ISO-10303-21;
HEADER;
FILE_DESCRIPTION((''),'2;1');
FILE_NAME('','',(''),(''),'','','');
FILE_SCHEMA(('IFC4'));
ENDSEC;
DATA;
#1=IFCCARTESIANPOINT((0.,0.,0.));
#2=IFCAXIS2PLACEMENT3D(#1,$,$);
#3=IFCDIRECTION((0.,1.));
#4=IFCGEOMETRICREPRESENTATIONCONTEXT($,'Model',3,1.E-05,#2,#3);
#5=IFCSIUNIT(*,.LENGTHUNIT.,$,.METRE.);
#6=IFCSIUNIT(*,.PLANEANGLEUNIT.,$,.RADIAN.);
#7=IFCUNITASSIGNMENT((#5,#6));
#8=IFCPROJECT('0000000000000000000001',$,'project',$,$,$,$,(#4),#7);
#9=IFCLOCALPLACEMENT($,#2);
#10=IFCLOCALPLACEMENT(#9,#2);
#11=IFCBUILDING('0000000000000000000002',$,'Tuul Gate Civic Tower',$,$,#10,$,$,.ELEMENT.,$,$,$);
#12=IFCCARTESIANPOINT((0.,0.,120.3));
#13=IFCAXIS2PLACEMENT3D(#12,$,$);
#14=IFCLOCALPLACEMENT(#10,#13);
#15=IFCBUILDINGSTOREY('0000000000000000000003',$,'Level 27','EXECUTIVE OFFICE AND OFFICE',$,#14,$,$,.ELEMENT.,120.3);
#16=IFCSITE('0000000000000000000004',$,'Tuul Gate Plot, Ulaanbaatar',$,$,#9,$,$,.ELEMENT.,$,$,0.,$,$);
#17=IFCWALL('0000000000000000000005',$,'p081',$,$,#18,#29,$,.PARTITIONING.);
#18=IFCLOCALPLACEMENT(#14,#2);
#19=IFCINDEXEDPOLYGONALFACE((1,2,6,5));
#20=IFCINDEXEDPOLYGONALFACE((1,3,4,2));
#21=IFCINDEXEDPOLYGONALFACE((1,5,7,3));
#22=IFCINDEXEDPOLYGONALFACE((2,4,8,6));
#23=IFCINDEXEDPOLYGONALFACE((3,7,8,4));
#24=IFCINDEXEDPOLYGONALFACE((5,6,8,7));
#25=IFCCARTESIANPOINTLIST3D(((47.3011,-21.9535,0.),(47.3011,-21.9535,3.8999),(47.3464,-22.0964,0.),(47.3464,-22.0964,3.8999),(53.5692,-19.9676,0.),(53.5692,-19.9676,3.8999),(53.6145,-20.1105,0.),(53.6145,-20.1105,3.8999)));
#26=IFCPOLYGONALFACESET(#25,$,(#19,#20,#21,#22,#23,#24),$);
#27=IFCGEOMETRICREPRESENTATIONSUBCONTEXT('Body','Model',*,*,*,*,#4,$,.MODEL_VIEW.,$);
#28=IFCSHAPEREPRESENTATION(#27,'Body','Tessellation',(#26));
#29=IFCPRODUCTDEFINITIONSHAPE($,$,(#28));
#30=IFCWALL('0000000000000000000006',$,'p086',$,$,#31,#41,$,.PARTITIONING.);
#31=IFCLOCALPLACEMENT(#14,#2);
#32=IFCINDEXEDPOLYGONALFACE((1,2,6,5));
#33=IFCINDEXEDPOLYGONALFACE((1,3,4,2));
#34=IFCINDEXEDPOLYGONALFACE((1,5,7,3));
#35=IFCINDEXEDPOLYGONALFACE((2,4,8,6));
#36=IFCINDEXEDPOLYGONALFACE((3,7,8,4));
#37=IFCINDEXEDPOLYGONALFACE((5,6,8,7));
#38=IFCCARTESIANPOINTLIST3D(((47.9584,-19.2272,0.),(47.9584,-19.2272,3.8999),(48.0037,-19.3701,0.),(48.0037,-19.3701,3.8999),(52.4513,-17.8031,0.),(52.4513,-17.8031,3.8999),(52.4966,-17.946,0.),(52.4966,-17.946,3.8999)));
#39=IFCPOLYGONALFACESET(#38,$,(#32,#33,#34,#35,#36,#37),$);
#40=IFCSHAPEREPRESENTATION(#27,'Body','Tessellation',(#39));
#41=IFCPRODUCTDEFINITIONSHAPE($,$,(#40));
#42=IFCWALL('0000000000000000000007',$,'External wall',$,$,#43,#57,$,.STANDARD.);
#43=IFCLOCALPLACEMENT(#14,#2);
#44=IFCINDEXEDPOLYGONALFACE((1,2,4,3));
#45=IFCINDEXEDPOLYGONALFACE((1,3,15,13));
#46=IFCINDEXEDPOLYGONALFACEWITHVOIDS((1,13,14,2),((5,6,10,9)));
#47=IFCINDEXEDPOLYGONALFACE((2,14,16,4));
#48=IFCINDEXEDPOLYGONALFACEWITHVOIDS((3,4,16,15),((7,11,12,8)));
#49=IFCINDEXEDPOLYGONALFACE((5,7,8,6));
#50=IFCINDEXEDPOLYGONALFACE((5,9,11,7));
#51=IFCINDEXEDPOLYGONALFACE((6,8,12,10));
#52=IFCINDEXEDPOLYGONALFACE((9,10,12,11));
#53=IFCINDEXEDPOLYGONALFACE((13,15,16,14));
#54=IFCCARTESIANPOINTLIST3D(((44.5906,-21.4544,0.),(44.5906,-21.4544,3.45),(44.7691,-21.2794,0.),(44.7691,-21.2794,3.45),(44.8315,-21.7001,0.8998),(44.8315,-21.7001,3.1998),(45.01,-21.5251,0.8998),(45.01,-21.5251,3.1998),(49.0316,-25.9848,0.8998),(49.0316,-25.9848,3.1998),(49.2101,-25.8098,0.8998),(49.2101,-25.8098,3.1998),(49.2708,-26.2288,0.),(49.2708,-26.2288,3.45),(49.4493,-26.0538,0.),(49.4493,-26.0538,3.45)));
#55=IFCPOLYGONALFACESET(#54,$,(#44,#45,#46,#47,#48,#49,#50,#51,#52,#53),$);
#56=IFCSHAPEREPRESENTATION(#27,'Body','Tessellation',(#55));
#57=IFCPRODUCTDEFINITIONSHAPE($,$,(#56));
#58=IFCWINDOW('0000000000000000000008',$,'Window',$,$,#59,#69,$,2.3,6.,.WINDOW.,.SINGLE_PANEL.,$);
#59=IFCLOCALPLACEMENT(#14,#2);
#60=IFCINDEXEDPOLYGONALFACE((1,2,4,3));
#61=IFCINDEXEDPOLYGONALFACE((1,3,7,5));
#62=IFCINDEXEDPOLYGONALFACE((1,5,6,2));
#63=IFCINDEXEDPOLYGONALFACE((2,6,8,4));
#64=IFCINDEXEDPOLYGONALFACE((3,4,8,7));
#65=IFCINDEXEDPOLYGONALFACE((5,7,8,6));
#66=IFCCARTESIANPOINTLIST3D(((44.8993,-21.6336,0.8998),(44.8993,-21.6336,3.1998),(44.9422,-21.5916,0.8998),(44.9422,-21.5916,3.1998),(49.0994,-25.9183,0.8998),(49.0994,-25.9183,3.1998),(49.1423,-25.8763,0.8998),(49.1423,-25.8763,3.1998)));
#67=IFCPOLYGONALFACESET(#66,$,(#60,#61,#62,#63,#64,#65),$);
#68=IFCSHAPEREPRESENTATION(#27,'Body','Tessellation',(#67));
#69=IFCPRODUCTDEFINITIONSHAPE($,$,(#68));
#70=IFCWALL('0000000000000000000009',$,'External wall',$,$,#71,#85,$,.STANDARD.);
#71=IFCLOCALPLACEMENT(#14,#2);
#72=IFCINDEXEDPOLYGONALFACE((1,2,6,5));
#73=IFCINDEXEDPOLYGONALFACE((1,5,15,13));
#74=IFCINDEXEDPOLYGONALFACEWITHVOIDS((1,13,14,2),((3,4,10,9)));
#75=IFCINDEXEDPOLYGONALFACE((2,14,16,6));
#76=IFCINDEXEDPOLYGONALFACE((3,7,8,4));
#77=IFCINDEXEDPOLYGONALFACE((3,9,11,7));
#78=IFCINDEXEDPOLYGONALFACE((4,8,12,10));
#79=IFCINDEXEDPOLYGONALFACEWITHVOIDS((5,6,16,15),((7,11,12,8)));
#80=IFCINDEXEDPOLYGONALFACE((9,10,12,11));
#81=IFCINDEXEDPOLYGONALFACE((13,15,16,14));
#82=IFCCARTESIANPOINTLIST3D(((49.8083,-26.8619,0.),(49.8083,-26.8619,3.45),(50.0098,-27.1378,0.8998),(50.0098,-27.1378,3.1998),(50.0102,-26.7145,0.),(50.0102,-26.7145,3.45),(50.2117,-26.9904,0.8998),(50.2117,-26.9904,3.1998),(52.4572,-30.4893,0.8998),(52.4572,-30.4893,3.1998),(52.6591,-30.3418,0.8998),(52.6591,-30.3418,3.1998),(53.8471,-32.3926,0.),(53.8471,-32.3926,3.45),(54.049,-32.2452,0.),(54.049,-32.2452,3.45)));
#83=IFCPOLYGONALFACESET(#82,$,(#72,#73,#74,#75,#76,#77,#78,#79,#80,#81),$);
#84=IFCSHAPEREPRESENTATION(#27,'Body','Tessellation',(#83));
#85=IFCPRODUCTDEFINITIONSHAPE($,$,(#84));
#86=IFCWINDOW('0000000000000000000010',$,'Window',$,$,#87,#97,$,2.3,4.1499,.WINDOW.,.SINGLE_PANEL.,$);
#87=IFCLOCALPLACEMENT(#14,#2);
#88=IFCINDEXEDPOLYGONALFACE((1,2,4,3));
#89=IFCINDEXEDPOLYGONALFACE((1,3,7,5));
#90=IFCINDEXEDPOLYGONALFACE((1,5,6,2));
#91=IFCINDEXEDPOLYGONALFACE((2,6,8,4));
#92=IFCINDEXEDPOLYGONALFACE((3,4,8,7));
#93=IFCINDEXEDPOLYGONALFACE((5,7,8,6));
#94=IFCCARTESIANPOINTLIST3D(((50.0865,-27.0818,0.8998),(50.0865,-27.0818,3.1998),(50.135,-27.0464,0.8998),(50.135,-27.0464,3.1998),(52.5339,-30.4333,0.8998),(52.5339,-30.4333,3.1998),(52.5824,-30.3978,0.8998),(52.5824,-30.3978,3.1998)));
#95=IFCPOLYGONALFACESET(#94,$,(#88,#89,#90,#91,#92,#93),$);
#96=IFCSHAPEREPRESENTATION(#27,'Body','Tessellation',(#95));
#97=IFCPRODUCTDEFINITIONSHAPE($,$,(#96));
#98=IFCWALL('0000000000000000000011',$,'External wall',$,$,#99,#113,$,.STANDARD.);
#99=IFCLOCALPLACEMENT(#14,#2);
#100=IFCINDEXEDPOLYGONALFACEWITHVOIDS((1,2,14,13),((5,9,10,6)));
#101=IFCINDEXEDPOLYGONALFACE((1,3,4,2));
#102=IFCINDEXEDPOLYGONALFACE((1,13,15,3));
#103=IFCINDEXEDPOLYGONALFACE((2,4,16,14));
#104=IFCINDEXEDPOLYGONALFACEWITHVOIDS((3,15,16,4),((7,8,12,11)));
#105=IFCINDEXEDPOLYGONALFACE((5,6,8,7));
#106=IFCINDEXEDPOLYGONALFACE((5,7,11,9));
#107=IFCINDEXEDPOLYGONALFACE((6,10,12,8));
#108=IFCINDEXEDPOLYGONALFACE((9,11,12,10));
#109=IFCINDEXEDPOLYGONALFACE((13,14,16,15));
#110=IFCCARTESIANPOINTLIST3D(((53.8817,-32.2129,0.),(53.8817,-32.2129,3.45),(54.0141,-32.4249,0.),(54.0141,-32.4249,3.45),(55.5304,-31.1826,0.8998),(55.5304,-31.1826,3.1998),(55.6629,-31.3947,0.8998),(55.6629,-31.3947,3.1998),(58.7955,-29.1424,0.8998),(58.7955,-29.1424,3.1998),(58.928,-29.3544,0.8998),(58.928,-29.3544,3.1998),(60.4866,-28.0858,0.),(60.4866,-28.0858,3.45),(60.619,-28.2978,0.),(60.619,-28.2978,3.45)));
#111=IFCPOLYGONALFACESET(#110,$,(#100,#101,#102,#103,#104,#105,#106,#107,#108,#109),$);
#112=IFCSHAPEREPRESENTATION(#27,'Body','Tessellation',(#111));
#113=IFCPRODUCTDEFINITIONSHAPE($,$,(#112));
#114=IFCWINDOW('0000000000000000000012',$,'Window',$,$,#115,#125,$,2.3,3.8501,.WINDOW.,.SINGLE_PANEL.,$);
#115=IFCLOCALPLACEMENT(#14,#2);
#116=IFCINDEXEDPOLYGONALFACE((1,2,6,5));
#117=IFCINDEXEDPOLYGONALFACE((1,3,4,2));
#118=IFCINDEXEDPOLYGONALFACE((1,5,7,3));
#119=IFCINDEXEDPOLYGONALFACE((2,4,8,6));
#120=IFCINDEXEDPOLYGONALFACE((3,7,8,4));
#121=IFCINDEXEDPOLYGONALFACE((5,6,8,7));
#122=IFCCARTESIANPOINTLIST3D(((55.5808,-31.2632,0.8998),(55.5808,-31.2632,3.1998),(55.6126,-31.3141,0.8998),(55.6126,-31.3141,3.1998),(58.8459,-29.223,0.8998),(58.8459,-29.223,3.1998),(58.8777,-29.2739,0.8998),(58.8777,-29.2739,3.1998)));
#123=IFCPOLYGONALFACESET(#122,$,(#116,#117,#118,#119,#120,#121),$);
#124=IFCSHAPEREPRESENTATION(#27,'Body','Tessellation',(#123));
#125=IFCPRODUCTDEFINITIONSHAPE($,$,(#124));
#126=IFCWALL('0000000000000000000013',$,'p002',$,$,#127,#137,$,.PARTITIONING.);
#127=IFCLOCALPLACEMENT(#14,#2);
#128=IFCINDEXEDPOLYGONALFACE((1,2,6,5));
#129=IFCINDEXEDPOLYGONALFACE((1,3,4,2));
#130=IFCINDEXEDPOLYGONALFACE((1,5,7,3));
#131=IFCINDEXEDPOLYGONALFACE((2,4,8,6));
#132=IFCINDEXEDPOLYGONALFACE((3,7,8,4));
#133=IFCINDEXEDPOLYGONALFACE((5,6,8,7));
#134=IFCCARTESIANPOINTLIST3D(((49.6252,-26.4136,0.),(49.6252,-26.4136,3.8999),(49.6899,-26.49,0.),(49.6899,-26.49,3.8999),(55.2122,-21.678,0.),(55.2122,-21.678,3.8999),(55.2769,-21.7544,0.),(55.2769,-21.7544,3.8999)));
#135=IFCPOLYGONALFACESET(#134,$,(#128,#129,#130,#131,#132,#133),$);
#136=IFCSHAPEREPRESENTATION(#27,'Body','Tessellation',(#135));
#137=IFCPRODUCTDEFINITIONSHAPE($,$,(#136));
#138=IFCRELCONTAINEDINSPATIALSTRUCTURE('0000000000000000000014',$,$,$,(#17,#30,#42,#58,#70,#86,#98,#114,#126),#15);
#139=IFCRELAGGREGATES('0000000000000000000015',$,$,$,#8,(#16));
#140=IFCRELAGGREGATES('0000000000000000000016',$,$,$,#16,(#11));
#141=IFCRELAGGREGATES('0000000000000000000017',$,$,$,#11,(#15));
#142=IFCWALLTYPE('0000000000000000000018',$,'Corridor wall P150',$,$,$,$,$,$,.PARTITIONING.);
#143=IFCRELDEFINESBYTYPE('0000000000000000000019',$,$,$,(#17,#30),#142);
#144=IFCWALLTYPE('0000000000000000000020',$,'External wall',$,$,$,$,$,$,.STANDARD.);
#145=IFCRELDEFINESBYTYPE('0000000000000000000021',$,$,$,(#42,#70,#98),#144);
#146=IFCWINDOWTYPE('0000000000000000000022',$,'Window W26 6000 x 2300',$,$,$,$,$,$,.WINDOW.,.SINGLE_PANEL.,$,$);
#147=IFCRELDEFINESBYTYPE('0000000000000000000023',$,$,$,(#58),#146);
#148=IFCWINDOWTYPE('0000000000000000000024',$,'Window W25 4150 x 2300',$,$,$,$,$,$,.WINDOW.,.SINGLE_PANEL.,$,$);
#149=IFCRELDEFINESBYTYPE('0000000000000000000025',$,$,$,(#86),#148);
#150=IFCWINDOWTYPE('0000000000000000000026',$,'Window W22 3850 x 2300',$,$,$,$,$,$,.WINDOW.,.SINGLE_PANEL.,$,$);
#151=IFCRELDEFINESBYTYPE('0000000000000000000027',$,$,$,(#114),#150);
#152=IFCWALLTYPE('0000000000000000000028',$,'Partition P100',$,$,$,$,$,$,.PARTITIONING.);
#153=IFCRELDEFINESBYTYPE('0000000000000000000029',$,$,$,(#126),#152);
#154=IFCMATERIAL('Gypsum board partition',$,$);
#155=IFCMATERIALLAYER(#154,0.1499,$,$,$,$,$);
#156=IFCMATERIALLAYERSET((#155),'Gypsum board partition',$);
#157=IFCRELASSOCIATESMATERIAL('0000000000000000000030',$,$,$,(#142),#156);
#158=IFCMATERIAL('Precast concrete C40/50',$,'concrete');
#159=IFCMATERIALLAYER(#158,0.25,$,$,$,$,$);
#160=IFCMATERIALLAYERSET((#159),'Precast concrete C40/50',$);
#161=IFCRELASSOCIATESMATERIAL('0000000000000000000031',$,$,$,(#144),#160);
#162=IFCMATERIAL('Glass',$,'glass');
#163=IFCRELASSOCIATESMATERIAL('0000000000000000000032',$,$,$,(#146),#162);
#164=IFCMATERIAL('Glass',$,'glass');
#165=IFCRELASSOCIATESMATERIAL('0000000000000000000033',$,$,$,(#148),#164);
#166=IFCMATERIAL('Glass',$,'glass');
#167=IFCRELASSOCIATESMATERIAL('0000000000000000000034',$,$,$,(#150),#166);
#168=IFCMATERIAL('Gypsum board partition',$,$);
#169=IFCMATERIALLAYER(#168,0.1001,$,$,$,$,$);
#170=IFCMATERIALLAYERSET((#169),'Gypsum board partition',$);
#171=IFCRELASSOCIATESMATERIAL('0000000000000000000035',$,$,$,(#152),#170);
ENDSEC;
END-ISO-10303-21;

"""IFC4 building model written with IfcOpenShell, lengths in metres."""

from ifc_helpers import new_model, si_unit, direction, frame, frame_2d, origin, place, context, subcontext, project, spatial, rectangle, extrude, material, layer, layer_set, type_object, element, fill, save


model = new_model("IFC4")

# Units and contexts
model_context = context("Model", 3, precision=1e-05, world=origin(), true_north=direction((0.0, 1.0)))
body_context = subcontext(model_context, "Body", "Model", "MODEL_VIEW")
ifc_project = project(units=[si_unit("LENGTHUNIT", "METRE"), si_unit("PLANEANGLEUNIT", "RADIAN")], contexts=[model_context])

# Site, building, storey
site_placement = place(None, origin())
site = spatial("IfcSite", under=ifc_project, at=site_placement, Name="Tuul Gate Plot, Ulaanbaatar", CompositionType="ELEMENT", RefElevation=0.0)
building_placement = place(site_placement, origin())
building = spatial("IfcBuilding", under=site, at=building_placement, Name="Tuul Gate Civic Tower", CompositionType="ELEMENT")
storey_placement = place(building_placement, frame((0.0, 0.0, 120.3)))
storey = spatial("IfcBuildingStorey", under=building, at=storey_placement, Name="Level 27", Description="EXECUTIVE OFFICE AND OFFICE", CompositionType="ELEMENT", Elevation=120.3)

# Walls
ifc_material_1 = material(Name="Gypsum board partition")
ifc_layer_1 = layer(ifc_material_1, 0.1499)
ifc_layer_set_1 = layer_set([ifc_layer_1], Name="Gypsum board partition")
wall_type_1 = type_object("IfcWallType", Name="Corridor wall P150", PredefinedType="PARTITIONING", material=ifc_layer_set_1)
wall_1_placement = place(storey_placement, frame((47.3237, -22.0249, 0.0), z_axis=(0.0, 0.0, 1.0), x_axis=(0.953301, 0.302023, 0.0)))
element("IfcWall", 1, at=wall_1_placement, inside=storey, type_object=wall_type_1, Name="p081", PredefinedType="PARTITIONING", context=body_context, shape_type="SweptSolid", body=[
    extrude(rectangle(XDim=6.5752, YDim=0.1499, at=frame_2d((3.2876, 0.0))), origin(), (0.0, 0.0, 1.0), 3.8999),
])
wall_2_placement = place(storey_placement, frame((47.9812, -19.2986, 0.0), z_axis=(0.0, 0.0, 1.0), x_axis=(0.953262, 0.302145, 0.0)))
element("IfcWall", 2, at=wall_2_placement, inside=storey, type_object=wall_type_1, Name="p086", PredefinedType="PARTITIONING", context=body_context, shape_type="SweptSolid", body=[
    extrude(rectangle(XDim=4.7131, YDim=0.1499, at=frame_2d((2.3564, 0.0))), origin(), (0.0, 0.0, 1.0), 3.8999),
])

# Walls, openings, windows
ifc_material_2 = material(Name="Precast concrete C40/50", Category="concrete")
ifc_layer_2 = layer(ifc_material_2, 0.25)
ifc_layer_set_2 = layer_set([ifc_layer_2], Name="Precast concrete C40/50")
wall_type_2 = type_object("IfcWallType", Name="External wall", PredefinedType="STANDARD", material=ifc_layer_set_2)
wall_3_placement = place(storey_placement, frame((44.6799, -21.3669, 0.0), z_axis=(0.0, 0.0, 1.0), x_axis=(0.700024, -0.714119, 0.0)))
wall_3 = element("IfcWall", 3, at=wall_3_placement, inside=storey, type_object=wall_type_2, Name="External wall", PredefinedType="STANDARD", context=body_context, shape_type="SweptSolid", body=[
    extrude(rectangle(XDim=6.6858, YDim=0.25, at=frame_2d((3.3428, 0.0))), origin(), (0.0, 0.0, 1.0), 3.45),
])
opening_1_placement = place(wall_3_placement, frame((0.344, 0.0, 0.8999)))
opening_1 = element("IfcOpeningElement", 4, at=opening_1_placement, cuts=wall_3, PredefinedType="OPENING", context=body_context, shape_type="SweptSolid", body=[
    extrude(rectangle(XDim=6.0, YDim=2.3, at=frame_2d((3.0, 1.1499))), frame((0.0, 0.135, 0.0), z_axis=(0.0, -1.0, 0.0), x_axis=(1.0, 0.0, 0.0)), (0.0, 0.0, 1.0), 0.27),
])
ifc_material_3 = material(Name="Glass", Category="glass")
window_type_1 = type_object("IfcWindowType", Name="Window W26 6000 x 2300", PartitioningType="SINGLE_PANEL", PredefinedType="WINDOW", material=ifc_material_3)
window_1_placement = place(opening_1_placement, origin())
window_1 = element("IfcWindow", 5, at=window_1_placement, inside=storey, type_object=window_type_1, Name="Window", OverallHeight=2.3, OverallWidth=6.0, PartitioningType="SINGLE_PANEL", PredefinedType="WINDOW", context=body_context, shape_type="SweptSolid", body=[
    extrude(rectangle(XDim=6.0, YDim=2.3, at=frame_2d((3.0, 1.1499))), frame((0.0, 0.03, 0.0), z_axis=(0.0, -1.0, 0.0), x_axis=(1.0, 0.0, 0.0)), (0.0, 0.0, 1.0), 0.0601),
])
fill(opening_1, window_1)
wall_4_placement = place(storey_placement, frame((49.9092, -26.7881, 0.0), z_axis=(0.0, 0.0, 1.0), x_axis=(0.589741, -0.807592, 0.0)))
wall_4 = element("IfcWall", 6, at=wall_4_placement, inside=storey, type_object=wall_type_2, Name="External wall", PredefinedType="STANDARD", context=body_context, shape_type="SweptSolid", body=[
    extrude(rectangle(XDim=6.8484, YDim=0.25, at=frame_2d((3.4243, 0.0))), origin(), (0.0, 0.0, 1.0), 3.45),
])
opening_2_placement = place(wall_4_placement, frame((0.3418, 0.0, 0.8999)))
opening_2 = element("IfcOpeningElement", 7, at=opening_2_placement, cuts=wall_4, PredefinedType="OPENING", context=body_context, shape_type="SweptSolid", body=[
    extrude(rectangle(XDim=4.1499, YDim=2.3, at=frame_2d((2.075, 1.1499))), frame((0.0, 0.135, 0.0), z_axis=(0.0, -1.0, 0.0), x_axis=(1.0, 0.0, 0.0)), (0.0, 0.0, 1.0), 0.27),
])
ifc_material_4 = material(Name="Glass", Category="glass")
window_type_2 = type_object("IfcWindowType", Name="Window W25 4150 x 2300", PartitioningType="SINGLE_PANEL", PredefinedType="WINDOW", material=ifc_material_4)
window_2_placement = place(opening_2_placement, origin())
window_2 = element("IfcWindow", 8, at=window_2_placement, inside=storey, type_object=window_type_2, Name="Window", OverallHeight=2.3, OverallWidth=4.1499, PartitioningType="SINGLE_PANEL", PredefinedType="WINDOW", context=body_context, shape_type="SweptSolid", body=[
    extrude(rectangle(XDim=4.1499, YDim=2.3, at=frame_2d((2.075, 1.1499))), frame((0.0, 0.03, 0.0), z_axis=(0.0, -1.0, 0.0), x_axis=(1.0, 0.0, 0.0)), (0.0, 0.0, 1.0), 0.0601),
])
fill(opening_2, window_2)
wall_5_placement = place(storey_placement, frame((53.948, -32.3188, 0.0), z_axis=(0.0, 0.0, 1.0), x_axis=(0.848051, 0.529914, 0.0)))
wall_5 = element("IfcWall", 9, at=wall_5_placement, inside=storey, type_object=wall_type_2, Name="External wall", PredefinedType="STANDARD", context=body_context, shape_type="SweptSolid", body=[
    extrude(rectangle(XDim=7.7883, YDim=0.25, at=frame_2d((3.894, 0.0))), origin(), (0.0, 0.0, 1.0), 3.45),
])
opening_3_placement = place(wall_5_placement, frame((1.9441, 0.0, 0.8999)))
opening_3 = element("IfcOpeningElement", 10, at=opening_3_placement, cuts=wall_5, PredefinedType="OPENING", context=body_context, shape_type="SweptSolid", body=[
    extrude(rectangle(XDim=3.8501, YDim=2.3, at=frame_2d((1.925, 1.1499))), frame((0.0, 0.135, 0.0), z_axis=(0.0, -1.0, 0.0), x_axis=(1.0, 0.0, 0.0)), (0.0, 0.0, 1.0), 0.27),
])
ifc_material_5 = material(Name="Glass", Category="glass")
window_type_3 = type_object("IfcWindowType", Name="Window W22 3850 x 2300", PartitioningType="SINGLE_PANEL", PredefinedType="WINDOW", material=ifc_material_5)
window_3_placement = place(opening_3_placement, origin())
window_3 = element("IfcWindow", 11, at=window_3_placement, inside=storey, type_object=window_type_3, Name="Window", OverallHeight=2.3, OverallWidth=3.8501, PartitioningType="SINGLE_PANEL", PredefinedType="WINDOW", context=body_context, shape_type="SweptSolid", body=[
    extrude(rectangle(XDim=3.8501, YDim=2.3, at=frame_2d((1.925, 1.1499))), frame((0.0, 0.03, 0.0), z_axis=(0.0, -1.0, 0.0), x_axis=(1.0, 0.0, 0.0)), (0.0, 0.0, 1.0), 0.0601),
])
fill(opening_3, window_3)

# Wall
ifc_material_6 = material(Name="Gypsum board partition")
ifc_layer_3 = layer(ifc_material_6, 0.1001)
ifc_layer_set_3 = layer_set([ifc_layer_3], Name="Gypsum board partition")
wall_type_3 = type_object("IfcWallType", Name="Partition P100", PredefinedType="PARTITIONING", material=ifc_layer_set_3)
wall_6_placement = place(storey_placement, frame((49.6575, -26.4519, 0.0), z_axis=(0.0, 0.0, 1.0), x_axis=(0.762833, 0.646595, 0.0)))
element("IfcWall", 12, at=wall_6_placement, inside=storey, type_object=wall_type_3, Name="p002", PredefinedType="PARTITIONING", context=body_context, shape_type="SweptSolid", body=[
    extrude(rectangle(XDim=7.324, YDim=0.1001, at=frame_2d((3.6621, 0.0))), origin(), (0.0, 0.0, 1.0), 3.8999),
])

save(model, "model.ifc")
